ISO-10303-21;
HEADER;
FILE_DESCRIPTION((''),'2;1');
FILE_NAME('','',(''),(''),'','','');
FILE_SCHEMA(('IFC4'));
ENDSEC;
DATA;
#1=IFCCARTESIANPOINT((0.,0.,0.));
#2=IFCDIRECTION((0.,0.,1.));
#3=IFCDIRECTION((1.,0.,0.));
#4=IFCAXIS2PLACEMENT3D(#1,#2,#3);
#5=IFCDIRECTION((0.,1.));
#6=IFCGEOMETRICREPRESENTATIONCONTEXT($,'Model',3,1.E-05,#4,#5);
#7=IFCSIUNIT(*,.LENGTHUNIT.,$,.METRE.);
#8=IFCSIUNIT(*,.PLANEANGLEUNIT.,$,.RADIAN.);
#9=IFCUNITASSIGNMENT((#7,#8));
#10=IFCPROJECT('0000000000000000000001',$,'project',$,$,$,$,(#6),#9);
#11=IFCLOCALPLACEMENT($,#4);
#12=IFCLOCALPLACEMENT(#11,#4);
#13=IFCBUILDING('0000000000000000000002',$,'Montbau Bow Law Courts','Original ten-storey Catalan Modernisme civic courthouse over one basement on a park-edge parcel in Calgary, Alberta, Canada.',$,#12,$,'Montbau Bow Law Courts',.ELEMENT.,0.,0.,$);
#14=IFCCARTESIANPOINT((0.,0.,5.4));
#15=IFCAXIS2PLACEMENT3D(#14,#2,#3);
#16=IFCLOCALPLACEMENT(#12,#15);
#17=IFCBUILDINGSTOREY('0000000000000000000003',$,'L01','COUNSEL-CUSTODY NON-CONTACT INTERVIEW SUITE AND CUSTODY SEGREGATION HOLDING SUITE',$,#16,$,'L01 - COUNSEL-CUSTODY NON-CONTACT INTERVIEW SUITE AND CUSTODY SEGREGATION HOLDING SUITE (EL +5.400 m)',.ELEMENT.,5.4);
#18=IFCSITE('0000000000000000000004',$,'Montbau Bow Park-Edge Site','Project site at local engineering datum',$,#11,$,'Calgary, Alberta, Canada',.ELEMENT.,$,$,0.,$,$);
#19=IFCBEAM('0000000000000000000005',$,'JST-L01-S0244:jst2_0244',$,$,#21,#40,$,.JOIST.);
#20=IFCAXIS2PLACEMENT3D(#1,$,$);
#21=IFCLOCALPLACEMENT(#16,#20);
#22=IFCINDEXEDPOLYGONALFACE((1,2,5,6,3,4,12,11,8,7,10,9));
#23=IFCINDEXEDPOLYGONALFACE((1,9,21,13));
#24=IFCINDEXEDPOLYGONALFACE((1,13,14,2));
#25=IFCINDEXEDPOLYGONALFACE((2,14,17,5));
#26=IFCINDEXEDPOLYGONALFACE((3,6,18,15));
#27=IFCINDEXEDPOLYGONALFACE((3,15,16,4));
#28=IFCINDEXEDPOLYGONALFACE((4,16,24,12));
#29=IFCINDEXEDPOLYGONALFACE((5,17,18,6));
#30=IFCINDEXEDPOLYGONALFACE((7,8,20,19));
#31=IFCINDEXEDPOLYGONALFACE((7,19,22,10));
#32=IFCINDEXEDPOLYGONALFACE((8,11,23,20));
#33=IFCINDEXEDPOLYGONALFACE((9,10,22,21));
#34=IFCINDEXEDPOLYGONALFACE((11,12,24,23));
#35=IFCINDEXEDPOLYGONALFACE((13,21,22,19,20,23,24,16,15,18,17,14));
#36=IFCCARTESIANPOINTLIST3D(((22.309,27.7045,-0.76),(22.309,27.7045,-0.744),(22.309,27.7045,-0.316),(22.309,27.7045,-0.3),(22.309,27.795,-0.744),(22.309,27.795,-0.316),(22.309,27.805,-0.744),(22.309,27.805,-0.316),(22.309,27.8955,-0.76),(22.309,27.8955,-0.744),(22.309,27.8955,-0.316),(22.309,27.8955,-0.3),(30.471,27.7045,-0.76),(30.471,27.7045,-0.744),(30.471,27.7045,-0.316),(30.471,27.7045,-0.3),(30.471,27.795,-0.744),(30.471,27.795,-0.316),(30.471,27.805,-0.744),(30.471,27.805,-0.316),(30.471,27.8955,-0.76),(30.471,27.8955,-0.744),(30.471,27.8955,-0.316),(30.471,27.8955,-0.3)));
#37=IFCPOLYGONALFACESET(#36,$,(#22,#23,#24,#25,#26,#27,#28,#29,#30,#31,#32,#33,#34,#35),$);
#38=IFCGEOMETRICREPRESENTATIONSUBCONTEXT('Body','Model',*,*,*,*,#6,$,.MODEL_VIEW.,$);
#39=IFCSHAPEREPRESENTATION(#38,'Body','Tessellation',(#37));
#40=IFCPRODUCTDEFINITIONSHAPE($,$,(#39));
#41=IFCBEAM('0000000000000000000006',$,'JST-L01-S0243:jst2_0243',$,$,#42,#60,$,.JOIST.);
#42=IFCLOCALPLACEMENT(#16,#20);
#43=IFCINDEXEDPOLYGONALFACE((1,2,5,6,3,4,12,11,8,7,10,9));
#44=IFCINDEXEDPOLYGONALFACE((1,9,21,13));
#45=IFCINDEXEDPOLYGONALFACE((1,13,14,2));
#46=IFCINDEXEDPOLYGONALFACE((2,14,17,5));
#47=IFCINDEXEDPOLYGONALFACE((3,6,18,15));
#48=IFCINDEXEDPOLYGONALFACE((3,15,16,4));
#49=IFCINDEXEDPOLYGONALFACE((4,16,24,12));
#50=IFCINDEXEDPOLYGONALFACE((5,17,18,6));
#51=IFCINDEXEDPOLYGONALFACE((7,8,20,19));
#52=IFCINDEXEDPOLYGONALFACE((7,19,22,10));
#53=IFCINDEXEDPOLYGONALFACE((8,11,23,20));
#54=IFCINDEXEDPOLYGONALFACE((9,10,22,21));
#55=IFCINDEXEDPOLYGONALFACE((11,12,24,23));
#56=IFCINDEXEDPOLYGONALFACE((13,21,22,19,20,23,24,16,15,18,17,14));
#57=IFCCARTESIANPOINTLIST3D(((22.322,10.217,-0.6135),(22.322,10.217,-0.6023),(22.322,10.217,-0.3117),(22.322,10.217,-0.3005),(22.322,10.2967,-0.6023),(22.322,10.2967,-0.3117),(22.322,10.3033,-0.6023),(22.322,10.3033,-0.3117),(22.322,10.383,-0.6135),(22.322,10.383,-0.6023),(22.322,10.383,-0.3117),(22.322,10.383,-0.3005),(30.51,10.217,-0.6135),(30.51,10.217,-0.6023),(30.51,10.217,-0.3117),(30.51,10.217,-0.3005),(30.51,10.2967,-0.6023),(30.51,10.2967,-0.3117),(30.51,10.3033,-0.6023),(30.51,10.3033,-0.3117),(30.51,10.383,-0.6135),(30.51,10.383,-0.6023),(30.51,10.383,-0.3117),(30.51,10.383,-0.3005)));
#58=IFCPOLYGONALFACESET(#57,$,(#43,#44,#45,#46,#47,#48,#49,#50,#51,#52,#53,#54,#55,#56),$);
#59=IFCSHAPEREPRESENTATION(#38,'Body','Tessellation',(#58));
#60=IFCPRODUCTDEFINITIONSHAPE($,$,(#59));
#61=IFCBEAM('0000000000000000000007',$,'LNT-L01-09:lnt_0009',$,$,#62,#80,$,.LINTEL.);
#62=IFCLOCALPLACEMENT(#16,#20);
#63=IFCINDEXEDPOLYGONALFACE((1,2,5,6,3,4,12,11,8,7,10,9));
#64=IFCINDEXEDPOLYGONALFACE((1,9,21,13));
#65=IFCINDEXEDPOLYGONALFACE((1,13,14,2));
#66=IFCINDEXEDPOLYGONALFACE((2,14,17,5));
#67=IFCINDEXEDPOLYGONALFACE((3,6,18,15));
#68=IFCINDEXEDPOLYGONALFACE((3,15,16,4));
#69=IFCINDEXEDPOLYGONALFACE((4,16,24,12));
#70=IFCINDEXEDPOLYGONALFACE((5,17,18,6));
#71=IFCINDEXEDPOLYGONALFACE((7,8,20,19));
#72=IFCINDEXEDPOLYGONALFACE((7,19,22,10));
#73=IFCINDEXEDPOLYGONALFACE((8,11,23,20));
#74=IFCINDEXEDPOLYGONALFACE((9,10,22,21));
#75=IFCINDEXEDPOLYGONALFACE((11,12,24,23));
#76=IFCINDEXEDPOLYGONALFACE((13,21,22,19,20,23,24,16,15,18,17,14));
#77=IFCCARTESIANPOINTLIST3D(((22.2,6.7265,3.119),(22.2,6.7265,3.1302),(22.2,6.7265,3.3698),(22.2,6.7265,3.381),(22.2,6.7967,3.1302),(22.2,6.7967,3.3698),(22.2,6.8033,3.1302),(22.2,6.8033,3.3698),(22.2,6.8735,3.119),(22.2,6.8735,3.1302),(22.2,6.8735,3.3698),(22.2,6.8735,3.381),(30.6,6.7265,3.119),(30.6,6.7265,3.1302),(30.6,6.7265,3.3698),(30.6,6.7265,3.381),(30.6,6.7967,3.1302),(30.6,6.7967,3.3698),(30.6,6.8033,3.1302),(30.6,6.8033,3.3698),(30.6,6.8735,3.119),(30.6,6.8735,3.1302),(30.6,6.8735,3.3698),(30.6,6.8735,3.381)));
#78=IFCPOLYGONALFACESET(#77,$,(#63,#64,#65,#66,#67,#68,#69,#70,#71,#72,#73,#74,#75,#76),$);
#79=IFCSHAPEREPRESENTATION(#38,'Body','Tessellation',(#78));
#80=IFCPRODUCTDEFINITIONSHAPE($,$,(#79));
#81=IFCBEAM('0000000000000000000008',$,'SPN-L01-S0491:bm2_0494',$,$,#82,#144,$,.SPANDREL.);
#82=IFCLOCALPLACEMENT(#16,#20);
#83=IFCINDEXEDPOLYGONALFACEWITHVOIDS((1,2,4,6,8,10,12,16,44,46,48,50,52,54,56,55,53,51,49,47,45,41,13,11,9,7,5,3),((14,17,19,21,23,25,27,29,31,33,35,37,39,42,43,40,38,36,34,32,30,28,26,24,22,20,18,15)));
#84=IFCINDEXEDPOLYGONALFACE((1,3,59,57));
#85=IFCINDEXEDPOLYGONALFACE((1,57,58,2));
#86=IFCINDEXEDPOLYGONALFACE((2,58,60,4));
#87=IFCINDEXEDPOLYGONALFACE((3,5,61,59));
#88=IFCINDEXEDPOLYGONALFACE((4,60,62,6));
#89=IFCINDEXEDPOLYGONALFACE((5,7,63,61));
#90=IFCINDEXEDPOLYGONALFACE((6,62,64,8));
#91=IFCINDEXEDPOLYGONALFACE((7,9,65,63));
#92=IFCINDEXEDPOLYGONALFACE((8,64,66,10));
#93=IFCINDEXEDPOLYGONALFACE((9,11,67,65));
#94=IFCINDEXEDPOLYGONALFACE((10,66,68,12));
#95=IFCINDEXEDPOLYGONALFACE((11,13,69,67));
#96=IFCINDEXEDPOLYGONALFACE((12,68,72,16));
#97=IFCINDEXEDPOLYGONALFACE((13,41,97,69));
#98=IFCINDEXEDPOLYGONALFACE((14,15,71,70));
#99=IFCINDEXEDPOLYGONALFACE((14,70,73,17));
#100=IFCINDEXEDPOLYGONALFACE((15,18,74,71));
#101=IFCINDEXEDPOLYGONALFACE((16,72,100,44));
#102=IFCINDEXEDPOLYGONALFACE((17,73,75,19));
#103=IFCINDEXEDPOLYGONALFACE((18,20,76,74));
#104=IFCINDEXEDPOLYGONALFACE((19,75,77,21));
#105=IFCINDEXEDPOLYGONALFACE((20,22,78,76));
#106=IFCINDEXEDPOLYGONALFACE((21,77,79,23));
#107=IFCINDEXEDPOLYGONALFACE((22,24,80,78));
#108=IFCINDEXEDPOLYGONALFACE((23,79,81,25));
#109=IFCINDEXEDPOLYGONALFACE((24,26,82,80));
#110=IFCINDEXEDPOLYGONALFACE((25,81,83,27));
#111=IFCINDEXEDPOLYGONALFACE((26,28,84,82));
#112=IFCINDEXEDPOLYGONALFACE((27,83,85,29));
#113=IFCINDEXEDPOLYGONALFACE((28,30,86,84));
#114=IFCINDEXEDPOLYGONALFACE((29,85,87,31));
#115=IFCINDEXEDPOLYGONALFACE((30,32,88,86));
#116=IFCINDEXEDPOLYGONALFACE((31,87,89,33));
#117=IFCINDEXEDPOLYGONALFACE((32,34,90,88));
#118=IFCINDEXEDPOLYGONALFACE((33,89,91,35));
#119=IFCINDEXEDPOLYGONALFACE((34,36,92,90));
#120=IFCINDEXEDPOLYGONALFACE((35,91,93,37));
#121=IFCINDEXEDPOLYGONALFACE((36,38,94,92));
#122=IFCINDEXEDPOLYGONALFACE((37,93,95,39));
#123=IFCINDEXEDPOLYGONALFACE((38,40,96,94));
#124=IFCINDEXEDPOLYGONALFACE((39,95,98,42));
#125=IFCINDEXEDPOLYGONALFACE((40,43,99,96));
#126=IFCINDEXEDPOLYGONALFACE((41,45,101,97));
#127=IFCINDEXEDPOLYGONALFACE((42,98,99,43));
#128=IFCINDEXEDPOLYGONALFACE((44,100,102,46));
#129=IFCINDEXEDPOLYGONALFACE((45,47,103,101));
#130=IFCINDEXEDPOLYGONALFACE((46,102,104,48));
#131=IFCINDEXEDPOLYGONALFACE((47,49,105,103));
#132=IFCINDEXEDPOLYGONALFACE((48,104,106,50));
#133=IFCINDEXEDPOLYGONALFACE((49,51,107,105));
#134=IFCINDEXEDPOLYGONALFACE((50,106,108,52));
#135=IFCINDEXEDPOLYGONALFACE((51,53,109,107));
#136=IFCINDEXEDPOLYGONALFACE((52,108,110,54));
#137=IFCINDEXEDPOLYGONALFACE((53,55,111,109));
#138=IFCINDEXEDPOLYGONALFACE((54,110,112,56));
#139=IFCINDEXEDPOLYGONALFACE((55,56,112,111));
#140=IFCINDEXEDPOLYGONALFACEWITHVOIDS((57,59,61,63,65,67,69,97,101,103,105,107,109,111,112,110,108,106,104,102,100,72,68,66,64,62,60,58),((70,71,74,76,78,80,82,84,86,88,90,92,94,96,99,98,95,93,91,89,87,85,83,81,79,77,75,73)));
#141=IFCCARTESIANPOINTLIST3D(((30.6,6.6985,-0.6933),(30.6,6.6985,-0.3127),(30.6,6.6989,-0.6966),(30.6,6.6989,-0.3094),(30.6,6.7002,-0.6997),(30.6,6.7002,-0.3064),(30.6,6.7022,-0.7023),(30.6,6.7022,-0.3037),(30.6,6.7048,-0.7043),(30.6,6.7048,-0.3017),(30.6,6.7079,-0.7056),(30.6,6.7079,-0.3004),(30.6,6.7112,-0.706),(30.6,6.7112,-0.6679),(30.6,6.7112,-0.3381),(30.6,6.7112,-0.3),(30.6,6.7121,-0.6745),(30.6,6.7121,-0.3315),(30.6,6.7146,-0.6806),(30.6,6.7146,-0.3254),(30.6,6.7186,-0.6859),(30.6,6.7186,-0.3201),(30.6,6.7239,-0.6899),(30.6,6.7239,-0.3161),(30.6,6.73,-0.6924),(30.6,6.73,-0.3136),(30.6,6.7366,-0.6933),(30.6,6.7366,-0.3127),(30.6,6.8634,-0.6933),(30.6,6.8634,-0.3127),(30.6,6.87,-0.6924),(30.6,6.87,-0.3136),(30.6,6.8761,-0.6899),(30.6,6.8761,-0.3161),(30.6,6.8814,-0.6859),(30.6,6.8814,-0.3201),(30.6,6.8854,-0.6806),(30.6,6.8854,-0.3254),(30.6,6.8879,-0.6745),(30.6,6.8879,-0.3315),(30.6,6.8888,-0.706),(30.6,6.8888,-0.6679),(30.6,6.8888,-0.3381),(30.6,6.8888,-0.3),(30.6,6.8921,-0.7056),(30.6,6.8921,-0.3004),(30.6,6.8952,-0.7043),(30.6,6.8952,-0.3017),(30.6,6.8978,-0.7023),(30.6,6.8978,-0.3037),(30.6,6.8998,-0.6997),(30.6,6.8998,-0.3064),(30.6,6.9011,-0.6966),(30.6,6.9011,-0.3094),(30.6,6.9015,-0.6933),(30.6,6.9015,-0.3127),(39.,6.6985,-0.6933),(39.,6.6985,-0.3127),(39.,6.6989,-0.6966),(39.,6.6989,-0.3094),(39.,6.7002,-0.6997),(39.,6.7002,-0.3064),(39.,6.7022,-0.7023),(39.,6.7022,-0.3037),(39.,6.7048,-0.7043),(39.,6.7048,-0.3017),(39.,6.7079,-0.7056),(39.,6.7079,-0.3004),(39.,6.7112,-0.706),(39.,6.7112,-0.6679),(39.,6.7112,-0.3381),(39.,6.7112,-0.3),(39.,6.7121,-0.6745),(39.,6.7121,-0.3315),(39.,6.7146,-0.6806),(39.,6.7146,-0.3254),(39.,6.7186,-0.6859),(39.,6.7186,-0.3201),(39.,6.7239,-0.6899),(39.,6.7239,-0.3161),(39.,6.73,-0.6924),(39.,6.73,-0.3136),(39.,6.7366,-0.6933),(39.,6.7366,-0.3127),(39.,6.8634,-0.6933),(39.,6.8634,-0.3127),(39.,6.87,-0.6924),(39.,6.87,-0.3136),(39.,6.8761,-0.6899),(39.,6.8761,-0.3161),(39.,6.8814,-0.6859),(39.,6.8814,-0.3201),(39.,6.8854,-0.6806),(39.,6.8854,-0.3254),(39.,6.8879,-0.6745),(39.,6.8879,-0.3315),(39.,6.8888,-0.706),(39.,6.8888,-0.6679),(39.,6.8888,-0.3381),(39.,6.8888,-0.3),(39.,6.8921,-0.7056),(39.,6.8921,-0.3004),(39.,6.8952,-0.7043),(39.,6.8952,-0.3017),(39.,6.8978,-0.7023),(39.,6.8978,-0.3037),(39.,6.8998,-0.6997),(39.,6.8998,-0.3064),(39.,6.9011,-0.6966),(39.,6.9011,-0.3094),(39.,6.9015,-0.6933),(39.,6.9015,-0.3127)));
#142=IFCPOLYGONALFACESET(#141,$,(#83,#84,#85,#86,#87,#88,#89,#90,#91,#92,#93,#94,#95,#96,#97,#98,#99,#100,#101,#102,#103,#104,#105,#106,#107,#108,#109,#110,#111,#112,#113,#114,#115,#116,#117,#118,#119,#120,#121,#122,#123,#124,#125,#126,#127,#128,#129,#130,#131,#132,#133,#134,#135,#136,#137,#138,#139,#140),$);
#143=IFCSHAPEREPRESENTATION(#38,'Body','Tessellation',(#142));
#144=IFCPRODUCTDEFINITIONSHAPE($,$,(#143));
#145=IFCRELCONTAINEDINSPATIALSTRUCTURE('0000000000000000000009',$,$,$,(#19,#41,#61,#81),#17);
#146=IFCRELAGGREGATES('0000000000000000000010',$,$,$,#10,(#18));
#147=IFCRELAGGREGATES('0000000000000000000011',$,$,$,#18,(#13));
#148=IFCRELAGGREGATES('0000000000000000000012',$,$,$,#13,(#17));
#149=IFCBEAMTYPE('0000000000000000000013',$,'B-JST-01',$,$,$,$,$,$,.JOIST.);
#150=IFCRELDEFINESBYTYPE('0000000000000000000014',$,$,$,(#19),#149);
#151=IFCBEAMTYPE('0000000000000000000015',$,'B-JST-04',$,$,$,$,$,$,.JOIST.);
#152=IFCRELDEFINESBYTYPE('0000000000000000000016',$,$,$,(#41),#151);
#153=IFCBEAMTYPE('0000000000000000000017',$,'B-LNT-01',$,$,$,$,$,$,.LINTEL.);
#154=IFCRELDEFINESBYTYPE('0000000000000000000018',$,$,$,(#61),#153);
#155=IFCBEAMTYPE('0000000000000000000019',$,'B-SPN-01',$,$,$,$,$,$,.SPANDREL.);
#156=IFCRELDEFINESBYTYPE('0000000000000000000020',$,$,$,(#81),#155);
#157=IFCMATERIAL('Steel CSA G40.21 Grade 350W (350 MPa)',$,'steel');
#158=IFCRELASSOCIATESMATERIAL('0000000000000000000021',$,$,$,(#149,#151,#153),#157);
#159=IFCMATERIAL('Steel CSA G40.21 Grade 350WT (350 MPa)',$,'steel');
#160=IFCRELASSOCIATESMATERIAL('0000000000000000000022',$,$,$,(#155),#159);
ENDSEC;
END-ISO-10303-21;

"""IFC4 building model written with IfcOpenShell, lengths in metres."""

from ifc_helpers import new_model, si_unit, direction, frame, origin_with_axes, origin_2d_with_axis, place, context, subcontext, project, spatial, hollow_rectangle, i_section, extrude, material, material_profile, profile_set, type_object, element, save


model = new_model("IFC4")

# Units and contexts
model_context = context("Model", 3, precision=1e-05, world=origin_with_axes(), true_north=direction((0.0, 1.0)))
body_context = subcontext(model_context, "Body", "Model", "MODEL_VIEW")
ifc_project = project(units=[si_unit("LENGTHUNIT", "METRE"), si_unit("PLANEANGLEUNIT", "RADIAN")], contexts=[model_context])

# Site, building, storey
site_placement = place(None, origin_with_axes())
site = spatial("IfcSite", under=ifc_project, at=site_placement, Name="Montbau Bow Park-Edge Site", Description="Project site at local engineering datum", LongName="Calgary, Alberta, Canada", CompositionType="ELEMENT", RefElevation=0.0)
building_placement = place(site_placement, origin_with_axes())
building = spatial("IfcBuilding", under=site, at=building_placement, Name="Montbau Bow Law Courts", Description="Original ten-storey Catalan Modernisme civic courthouse over one basement on a park-edge parcel in Calgary, Alberta, Canada.", LongName="Montbau Bow Law Courts", CompositionType="ELEMENT", ElevationOfRefHeight=0.0, ElevationOfTerrain=0.0)
storey_placement = place(building_placement, frame((0.0, 0.0, 5.4), z_axis=(0.0, 0.0, 1.0), x_axis=(1.0, 0.0, 0.0)))
storey = spatial("IfcBuildingStorey", under=building, at=storey_placement, Name="L01", Description="COUNSEL-CUSTODY NON-CONTACT INTERVIEW SUITE AND CUSTODY SEGREGATION HOLDING SUITE", LongName="L01 - COUNSEL-CUSTODY NON-CONTACT INTERVIEW SUITE AND CUSTODY SEGREGATION HOLDING SUITE (EL +5.400 m)", CompositionType="ELEMENT", Elevation=5.4)

# Shared definitions
ifc_material_1 = material(Name="Steel CSA G40.21 Grade 350W (350 MPa)", Category="steel")

# Beams
ifc_material_profile_1 = material_profile(ifc_material_1, i_section(OverallWidth=0.191, OverallDepth=0.46, WebThickness=0.0099, FlangeThickness=0.016, at=origin_2d_with_axis()), Name="W460X82", Category="Main", Priority=0)
ifc_profile_set_1 = profile_set([ifc_material_profile_1], Name="Steel CSA G40.21 Grade 350W (350 MPa)")
beam_type_1 = type_object("IfcBeamType", Name="B-JST-01", PredefinedType="JOIST", material=ifc_profile_set_1)
beam_1_placement = place(None, frame((22.309, 27.8, 4.87), z_axis=(1.0, 0.0, 0.0), x_axis=(0.0, 1.0, 0.0)))
element("IfcBeam", 1, at=beam_1_placement, inside=storey, type_object=beam_type_1, Name="JST-L01-S0244:jst2_0244", PredefinedType="JOIST", context=body_context, shape_type="SweptSolid", body=[
    extrude(i_section(OverallWidth=0.191, OverallDepth=0.46, WebThickness=0.0099, FlangeThickness=0.016, at=origin_2d_with_axis()), origin_with_axes(), (0.0, 0.0, 1.0), 8.162),
])
ifc_material_profile_2 = material_profile(ifc_material_1, i_section(OverallWidth=0.166, OverallDepth=0.313, WebThickness=0.0066, FlangeThickness=0.0112, at=origin_2d_with_axis()), Name="W310X45", Category="Main", Priority=0)
ifc_profile_set_2 = profile_set([ifc_material_profile_2], Name="Steel CSA G40.21 Grade 350W (350 MPa)")
beam_type_2 = type_object("IfcBeamType", Name="B-JST-04", PredefinedType="JOIST", material=ifc_profile_set_2)
beam_2_placement = place(None, frame((22.322, 10.3, 4.943), z_axis=(1.0, 0.0, 0.0), x_axis=(0.0, 1.0, 0.0)))
element("IfcBeam", 2, at=beam_2_placement, inside=storey, type_object=beam_type_2, Name="JST-L01-S0243:jst2_0243", PredefinedType="JOIST", context=body_context, shape_type="SweptSolid", body=[
    extrude(i_section(OverallWidth=0.166, OverallDepth=0.313, WebThickness=0.0066, FlangeThickness=0.0112, at=origin_2d_with_axis()), origin_with_axes(), (0.0, 0.0, 1.0), 8.188),
])
ifc_material_profile_3 = material_profile(ifc_material_1, i_section(OverallWidth=0.147, OverallDepth=0.262, WebThickness=0.0066, FlangeThickness=0.0112, at=origin_2d_with_axis()), Name="W250X39", Category="Main", Priority=0)
ifc_profile_set_3 = profile_set([ifc_material_profile_3], Name="Steel CSA G40.21 Grade 350W (350 MPa)")
beam_type_3 = type_object("IfcBeamType", Name="B-LNT-01", PredefinedType="LINTEL", material=ifc_profile_set_3)
beam_3_placement = place(None, frame((22.2, 6.8, 8.65), z_axis=(1.0, 0.0, 0.0), x_axis=(0.0, 1.0, 0.0)))
element("IfcBeam", 3, at=beam_3_placement, inside=storey, type_object=beam_type_3, Name="LNT-L01-09:lnt_0009", PredefinedType="LINTEL", context=body_context, shape_type="SweptSolid", body=[
    extrude(i_section(OverallWidth=0.147, OverallDepth=0.262, WebThickness=0.0066, FlangeThickness=0.0112, at=origin_2d_with_axis()), origin_with_axes(), (0.0, 0.0, 1.0), 8.4),
])
ifc_material_2 = material(Name="Steel CSA G40.21 Grade 350WT (350 MPa)", Category="steel")
ifc_material_profile_4 = material_profile(ifc_material_2, hollow_rectangle(XDim=0.203, YDim=0.406, WallThickness=0.0127, InnerFilletRadius=0.0254, OuterFilletRadius=0.0127, at=origin_2d_with_axis()), Name="HSS406X203X13", Category="Main", Priority=0)
ifc_profile_set_4 = profile_set([ifc_material_profile_4], Name="Steel CSA G40.21 Grade 350WT (350 MPa)")
beam_type_4 = type_object("IfcBeamType", Name="B-SPN-01", PredefinedType="SPANDREL", material=ifc_profile_set_4)
beam_4_placement = place(None, frame((30.6, 6.8, 4.897), z_axis=(1.0, 0.0, 0.0), x_axis=(0.0, 1.0, 0.0)))
element("IfcBeam", 4, at=beam_4_placement, inside=storey, type_object=beam_type_4, Name="SPN-L01-S0491:bm2_0494", PredefinedType="SPANDREL", context=body_context, shape_type="SweptSolid", body=[
    extrude(hollow_rectangle(XDim=0.203, YDim=0.406, WallThickness=0.0127, InnerFilletRadius=0.0254, OuterFilletRadius=0.0127, at=origin_2d_with_axis()), origin_with_axes(), (0.0, 0.0, 1.0), 8.4),
])

save(model, "model.ifc")
